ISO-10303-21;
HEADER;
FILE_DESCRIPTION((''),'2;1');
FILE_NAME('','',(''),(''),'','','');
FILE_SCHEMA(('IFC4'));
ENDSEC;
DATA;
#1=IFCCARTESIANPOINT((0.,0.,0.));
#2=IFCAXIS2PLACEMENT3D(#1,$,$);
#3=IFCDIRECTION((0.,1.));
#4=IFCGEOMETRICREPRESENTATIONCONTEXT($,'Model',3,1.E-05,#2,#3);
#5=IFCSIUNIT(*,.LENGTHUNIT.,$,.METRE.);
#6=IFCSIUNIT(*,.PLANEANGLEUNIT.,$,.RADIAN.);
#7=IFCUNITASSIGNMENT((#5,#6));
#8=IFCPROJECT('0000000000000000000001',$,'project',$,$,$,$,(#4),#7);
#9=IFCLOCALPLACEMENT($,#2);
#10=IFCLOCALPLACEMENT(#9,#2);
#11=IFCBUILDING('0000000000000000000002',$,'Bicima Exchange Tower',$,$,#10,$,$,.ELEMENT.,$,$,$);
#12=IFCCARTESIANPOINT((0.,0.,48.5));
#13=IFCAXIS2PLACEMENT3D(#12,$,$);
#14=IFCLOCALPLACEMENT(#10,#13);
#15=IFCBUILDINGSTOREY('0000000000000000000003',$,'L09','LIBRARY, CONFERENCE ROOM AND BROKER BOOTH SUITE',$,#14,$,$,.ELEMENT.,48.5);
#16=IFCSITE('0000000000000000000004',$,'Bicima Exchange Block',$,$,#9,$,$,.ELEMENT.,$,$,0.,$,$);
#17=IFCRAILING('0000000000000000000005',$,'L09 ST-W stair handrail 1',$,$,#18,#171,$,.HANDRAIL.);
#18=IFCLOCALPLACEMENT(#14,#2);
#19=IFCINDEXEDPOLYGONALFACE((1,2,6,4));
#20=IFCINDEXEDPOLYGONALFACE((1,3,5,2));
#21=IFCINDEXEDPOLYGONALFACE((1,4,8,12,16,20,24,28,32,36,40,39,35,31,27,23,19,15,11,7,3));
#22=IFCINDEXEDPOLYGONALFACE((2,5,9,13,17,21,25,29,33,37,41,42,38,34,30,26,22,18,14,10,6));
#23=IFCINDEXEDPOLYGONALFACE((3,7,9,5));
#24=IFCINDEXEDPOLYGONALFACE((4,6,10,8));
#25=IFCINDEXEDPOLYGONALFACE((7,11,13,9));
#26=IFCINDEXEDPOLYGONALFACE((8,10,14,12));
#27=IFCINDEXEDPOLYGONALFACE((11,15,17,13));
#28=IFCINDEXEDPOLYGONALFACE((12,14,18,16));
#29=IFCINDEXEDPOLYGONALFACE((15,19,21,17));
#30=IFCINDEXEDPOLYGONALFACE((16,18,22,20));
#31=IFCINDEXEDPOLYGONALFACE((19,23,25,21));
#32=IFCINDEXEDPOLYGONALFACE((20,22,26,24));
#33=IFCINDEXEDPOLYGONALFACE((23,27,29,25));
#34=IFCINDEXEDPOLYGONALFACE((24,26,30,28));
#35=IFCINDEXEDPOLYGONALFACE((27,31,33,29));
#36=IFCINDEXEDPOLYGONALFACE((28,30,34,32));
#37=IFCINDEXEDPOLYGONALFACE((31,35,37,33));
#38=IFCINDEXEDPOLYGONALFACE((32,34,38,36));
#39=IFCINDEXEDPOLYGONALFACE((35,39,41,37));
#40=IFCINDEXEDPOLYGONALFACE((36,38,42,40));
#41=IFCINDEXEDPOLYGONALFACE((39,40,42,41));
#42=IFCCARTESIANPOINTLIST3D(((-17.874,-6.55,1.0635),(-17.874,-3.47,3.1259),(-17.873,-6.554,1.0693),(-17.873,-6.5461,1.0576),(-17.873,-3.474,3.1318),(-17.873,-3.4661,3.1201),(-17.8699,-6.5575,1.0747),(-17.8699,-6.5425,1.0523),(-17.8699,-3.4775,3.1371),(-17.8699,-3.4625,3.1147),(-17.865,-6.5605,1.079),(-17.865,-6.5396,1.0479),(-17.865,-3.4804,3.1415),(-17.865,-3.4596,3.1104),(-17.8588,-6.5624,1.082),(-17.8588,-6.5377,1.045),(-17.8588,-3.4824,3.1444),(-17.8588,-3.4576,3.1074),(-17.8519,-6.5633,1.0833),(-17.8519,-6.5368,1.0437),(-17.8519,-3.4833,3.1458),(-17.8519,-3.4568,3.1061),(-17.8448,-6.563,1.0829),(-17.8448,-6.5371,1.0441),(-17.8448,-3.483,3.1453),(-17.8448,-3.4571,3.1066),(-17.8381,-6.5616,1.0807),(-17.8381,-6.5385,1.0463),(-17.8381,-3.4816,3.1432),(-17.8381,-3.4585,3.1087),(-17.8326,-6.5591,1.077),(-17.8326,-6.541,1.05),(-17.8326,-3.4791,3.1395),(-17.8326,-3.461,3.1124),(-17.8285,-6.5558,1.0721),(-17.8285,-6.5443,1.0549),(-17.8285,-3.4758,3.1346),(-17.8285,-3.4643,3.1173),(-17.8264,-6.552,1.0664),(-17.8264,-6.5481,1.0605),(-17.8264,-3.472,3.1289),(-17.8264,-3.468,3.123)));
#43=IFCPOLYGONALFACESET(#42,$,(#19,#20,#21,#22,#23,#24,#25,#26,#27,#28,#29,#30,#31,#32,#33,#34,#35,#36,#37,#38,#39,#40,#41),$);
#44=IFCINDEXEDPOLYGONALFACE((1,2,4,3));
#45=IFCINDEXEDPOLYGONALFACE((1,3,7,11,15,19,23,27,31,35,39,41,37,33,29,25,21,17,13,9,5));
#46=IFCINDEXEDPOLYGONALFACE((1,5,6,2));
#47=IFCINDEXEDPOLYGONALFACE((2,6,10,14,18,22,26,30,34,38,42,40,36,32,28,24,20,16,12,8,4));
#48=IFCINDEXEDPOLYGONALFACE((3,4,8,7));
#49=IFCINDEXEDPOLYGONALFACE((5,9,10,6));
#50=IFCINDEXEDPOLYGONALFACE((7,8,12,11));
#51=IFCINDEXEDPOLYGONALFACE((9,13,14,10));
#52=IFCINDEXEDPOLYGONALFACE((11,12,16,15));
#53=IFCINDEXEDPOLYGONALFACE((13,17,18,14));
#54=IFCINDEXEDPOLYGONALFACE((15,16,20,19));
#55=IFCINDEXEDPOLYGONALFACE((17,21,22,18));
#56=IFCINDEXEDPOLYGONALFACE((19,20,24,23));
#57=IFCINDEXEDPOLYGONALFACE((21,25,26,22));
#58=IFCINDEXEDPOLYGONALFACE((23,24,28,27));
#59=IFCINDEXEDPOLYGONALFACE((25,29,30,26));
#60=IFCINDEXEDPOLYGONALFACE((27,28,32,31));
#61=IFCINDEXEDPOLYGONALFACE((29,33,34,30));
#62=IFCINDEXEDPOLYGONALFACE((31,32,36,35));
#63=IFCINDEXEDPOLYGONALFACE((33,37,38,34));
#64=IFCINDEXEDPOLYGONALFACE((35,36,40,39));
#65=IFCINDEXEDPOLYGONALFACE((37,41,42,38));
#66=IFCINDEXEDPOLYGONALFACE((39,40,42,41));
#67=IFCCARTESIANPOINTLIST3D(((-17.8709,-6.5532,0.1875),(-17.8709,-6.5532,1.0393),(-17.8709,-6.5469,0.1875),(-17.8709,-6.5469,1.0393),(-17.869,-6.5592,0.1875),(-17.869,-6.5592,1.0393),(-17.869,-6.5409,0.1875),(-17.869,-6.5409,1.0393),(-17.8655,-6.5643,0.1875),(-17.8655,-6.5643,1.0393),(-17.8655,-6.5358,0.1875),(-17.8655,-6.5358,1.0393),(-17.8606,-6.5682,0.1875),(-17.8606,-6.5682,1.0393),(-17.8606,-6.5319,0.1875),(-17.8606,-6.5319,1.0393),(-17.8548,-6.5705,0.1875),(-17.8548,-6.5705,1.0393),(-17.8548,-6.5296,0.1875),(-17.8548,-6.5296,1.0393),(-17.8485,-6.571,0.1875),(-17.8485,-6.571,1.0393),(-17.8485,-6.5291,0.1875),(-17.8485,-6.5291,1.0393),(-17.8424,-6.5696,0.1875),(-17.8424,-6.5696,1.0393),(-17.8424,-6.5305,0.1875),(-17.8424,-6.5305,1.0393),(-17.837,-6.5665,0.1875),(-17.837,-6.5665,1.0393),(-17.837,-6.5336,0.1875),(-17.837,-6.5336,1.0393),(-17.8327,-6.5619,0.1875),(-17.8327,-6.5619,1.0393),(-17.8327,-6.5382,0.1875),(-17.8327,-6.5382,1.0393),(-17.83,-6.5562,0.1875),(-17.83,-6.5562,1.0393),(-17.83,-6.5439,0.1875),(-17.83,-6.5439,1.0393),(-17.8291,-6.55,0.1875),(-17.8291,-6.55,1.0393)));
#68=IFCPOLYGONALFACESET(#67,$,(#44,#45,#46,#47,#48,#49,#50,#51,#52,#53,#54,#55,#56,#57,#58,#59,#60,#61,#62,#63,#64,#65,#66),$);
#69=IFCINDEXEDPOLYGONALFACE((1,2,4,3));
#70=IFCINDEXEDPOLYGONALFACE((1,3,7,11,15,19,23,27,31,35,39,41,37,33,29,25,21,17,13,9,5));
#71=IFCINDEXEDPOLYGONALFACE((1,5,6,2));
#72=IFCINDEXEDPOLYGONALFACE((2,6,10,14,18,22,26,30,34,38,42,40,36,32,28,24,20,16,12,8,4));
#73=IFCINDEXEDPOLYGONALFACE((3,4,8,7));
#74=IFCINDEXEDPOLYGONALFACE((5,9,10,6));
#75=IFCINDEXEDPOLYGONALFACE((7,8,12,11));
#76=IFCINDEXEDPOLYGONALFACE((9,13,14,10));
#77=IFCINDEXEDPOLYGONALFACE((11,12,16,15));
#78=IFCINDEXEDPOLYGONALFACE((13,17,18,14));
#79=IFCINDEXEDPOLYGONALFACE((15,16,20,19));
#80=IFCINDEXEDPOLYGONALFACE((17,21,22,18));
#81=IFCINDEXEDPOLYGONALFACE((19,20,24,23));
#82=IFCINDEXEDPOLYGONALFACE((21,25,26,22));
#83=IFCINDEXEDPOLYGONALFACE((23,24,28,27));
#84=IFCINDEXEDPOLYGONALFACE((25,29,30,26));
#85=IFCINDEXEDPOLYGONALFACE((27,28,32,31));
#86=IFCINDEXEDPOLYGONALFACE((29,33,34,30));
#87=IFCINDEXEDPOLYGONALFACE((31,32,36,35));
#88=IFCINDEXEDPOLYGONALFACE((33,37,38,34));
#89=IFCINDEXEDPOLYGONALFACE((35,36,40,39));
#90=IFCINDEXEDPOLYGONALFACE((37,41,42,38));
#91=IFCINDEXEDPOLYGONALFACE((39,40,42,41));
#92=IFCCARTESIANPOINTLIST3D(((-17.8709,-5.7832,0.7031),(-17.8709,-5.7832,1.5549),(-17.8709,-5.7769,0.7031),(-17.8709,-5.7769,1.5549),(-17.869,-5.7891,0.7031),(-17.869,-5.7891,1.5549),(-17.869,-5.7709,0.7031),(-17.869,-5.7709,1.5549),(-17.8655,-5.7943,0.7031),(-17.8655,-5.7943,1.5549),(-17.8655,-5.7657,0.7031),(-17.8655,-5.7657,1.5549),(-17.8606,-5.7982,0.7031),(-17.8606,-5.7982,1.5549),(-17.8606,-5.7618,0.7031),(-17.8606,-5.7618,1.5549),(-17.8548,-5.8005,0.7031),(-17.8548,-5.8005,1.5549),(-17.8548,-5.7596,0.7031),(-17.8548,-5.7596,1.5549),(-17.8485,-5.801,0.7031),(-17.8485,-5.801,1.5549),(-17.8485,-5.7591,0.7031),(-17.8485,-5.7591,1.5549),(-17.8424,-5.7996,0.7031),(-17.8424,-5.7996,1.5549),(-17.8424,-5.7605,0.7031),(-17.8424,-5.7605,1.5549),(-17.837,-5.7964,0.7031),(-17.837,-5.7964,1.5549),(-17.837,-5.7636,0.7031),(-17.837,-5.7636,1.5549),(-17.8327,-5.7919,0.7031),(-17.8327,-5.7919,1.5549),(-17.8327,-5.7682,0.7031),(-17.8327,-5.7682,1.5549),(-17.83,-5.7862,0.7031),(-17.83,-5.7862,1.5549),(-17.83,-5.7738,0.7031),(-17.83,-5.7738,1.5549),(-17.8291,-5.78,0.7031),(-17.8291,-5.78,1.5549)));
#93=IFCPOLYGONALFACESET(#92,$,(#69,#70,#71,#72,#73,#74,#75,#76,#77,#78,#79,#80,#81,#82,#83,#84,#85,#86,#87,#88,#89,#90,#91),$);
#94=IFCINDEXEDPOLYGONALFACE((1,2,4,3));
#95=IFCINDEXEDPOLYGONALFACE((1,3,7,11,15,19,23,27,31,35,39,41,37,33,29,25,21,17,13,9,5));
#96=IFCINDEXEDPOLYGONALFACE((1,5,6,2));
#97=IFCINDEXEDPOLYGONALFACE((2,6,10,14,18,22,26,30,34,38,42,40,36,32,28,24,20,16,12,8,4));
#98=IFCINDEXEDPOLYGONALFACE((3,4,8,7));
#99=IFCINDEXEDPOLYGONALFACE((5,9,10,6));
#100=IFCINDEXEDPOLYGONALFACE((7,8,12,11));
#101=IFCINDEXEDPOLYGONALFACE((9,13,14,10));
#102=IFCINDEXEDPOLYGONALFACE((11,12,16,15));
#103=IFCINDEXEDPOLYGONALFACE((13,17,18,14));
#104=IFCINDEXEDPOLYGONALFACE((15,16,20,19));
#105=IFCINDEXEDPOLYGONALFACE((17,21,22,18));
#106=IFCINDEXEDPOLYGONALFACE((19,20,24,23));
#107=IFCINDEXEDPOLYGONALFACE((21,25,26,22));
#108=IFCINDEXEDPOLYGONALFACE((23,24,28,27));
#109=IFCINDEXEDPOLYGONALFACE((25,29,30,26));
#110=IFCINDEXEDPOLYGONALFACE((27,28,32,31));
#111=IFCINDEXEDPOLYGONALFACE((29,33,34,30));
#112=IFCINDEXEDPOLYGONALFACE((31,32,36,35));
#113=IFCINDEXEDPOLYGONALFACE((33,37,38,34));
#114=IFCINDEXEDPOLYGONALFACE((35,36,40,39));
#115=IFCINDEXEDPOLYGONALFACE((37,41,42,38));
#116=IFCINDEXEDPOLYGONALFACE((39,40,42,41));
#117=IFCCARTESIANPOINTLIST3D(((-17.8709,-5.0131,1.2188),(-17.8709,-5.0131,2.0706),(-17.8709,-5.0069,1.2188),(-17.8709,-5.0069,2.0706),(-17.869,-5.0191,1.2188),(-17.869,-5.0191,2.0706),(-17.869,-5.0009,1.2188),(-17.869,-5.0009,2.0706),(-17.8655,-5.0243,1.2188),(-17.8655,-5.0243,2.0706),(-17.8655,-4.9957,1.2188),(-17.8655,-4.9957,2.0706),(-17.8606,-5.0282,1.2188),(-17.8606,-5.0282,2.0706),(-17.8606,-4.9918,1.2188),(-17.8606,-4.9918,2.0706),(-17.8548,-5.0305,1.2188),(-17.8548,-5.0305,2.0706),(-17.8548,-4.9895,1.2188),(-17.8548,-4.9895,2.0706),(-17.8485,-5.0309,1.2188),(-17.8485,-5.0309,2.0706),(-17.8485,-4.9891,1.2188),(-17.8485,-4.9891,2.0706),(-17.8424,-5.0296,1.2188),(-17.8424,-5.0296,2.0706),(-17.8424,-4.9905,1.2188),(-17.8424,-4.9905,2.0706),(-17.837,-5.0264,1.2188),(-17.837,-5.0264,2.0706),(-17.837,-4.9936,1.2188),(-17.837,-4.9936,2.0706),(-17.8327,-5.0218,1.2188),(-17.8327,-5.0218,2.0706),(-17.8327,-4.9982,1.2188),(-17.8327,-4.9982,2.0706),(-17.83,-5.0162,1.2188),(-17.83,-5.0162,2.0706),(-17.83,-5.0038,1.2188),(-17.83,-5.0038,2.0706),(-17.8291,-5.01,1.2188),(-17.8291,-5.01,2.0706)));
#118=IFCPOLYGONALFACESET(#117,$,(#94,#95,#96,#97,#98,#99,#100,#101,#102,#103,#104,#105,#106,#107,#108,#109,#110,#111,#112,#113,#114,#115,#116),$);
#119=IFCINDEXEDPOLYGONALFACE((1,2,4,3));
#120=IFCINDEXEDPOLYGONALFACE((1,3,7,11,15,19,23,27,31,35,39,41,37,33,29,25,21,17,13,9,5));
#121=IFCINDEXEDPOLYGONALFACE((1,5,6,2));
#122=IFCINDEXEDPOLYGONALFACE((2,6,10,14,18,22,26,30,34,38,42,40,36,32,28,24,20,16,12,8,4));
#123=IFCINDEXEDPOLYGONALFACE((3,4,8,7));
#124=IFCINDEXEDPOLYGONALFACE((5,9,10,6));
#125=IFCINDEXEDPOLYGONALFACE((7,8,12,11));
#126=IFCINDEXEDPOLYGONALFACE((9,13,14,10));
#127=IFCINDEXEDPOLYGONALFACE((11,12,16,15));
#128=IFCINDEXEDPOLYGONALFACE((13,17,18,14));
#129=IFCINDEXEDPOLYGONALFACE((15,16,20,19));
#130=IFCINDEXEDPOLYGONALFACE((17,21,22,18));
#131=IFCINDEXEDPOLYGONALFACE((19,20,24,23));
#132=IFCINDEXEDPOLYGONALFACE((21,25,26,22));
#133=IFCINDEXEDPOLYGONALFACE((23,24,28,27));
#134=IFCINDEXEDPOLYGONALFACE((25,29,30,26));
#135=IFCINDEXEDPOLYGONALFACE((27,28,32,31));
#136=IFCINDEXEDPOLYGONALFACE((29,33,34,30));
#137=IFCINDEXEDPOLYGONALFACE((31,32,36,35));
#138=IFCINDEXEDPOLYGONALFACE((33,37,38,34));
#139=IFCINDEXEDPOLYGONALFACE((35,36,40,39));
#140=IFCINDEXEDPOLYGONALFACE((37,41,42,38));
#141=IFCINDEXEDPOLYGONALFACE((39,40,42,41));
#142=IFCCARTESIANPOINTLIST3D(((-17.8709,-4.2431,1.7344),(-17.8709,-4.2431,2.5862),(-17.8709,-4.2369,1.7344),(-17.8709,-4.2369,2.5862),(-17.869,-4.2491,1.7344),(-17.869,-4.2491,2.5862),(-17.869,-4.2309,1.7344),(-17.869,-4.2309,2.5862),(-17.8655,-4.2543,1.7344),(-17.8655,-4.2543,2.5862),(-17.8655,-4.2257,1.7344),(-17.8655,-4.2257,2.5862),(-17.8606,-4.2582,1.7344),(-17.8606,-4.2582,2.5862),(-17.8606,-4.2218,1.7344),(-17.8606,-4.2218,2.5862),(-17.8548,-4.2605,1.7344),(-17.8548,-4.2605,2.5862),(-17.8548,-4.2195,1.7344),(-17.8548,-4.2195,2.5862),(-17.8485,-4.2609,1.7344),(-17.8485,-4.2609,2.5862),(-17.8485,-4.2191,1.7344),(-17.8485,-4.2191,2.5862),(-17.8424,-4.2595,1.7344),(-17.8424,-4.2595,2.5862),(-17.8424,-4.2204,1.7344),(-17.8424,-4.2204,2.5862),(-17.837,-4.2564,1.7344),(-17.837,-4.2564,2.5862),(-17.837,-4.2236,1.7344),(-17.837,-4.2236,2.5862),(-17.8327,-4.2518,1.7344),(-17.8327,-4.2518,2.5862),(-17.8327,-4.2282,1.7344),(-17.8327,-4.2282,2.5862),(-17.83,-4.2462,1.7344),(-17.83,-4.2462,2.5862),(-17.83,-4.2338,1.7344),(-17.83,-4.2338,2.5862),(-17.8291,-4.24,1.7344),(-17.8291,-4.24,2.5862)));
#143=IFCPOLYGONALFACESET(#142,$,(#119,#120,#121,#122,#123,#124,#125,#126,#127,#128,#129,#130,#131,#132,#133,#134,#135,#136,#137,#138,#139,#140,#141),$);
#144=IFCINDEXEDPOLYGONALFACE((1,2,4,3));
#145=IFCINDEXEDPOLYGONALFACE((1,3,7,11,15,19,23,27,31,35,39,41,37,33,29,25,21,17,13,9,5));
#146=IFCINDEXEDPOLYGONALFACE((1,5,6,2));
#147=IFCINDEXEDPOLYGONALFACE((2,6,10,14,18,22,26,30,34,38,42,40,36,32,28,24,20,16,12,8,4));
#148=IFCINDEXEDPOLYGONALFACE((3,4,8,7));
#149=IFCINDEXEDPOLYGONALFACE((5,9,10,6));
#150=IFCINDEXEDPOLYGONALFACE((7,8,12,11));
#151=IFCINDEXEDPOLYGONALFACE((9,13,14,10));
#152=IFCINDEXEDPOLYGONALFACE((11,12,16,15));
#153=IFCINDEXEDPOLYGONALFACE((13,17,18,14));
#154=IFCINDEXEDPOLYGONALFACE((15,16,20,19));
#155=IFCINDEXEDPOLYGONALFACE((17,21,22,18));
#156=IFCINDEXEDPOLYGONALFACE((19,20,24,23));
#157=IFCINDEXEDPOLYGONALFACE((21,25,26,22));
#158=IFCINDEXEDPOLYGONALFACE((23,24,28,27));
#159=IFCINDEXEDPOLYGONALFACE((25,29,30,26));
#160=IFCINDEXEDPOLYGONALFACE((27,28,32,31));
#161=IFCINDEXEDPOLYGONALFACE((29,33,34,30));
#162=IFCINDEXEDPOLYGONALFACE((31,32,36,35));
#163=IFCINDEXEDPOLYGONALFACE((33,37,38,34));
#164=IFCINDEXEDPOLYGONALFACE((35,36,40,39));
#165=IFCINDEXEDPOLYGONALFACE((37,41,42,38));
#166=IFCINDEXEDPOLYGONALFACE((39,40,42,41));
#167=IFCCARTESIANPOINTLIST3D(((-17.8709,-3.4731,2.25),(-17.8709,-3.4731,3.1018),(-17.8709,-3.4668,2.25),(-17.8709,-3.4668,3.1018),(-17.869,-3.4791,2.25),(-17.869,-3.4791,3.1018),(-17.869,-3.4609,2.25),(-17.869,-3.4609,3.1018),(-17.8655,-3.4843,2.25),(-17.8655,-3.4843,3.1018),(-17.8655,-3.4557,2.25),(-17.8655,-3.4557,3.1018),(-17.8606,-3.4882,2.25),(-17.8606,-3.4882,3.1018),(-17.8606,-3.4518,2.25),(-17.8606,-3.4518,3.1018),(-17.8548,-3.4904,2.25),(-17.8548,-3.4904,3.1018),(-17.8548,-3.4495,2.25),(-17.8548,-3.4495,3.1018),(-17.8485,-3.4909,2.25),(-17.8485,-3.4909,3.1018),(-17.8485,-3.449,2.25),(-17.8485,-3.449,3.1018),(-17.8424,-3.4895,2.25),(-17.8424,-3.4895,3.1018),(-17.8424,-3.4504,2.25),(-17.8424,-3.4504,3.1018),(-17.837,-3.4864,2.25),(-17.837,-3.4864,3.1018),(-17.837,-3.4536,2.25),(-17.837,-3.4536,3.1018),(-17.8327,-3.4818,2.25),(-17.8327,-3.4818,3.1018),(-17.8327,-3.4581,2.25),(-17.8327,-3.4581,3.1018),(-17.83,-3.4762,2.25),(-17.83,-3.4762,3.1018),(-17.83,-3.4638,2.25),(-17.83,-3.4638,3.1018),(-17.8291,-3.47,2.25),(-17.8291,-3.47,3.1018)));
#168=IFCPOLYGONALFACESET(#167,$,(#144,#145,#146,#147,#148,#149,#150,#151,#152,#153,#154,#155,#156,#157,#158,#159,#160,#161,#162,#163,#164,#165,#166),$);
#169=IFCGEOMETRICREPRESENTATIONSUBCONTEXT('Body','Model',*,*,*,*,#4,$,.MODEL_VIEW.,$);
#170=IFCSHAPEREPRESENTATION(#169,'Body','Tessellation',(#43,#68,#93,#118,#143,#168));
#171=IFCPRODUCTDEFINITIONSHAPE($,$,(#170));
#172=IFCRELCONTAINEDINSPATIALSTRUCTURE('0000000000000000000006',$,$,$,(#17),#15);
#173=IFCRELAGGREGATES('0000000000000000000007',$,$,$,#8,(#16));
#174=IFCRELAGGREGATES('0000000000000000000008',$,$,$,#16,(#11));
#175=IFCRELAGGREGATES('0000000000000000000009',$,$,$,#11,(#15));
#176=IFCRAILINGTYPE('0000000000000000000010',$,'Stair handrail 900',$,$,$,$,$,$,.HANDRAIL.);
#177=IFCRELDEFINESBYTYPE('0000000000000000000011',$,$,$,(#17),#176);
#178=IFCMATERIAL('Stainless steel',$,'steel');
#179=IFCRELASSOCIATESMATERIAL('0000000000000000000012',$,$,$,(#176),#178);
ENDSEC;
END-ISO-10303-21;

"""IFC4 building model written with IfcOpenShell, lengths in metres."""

from ifc_helpers import new_model, si_unit, direction, frame, origin, origin_2d, place, context, subcontext, project, spatial, circle, extrude, material, type_object, element, save


model = new_model("IFC4")

# Units and contexts
model_context = context("Model", 3, precision=1e-05, world=origin(), true_north=direction((0.0, 1.0)))
body_context = subcontext(model_context, "Body", "Model", "MODEL_VIEW")
ifc_project = project(units=[si_unit("LENGTHUNIT", "METRE"), si_unit("PLANEANGLEUNIT", "RADIAN")], contexts=[model_context])

# Site, building, storey
site_placement = place(None, origin())
site = spatial("IfcSite", under=ifc_project, at=site_placement, Name="Bicima Exchange Block", CompositionType="ELEMENT", RefElevation=0.0)
building_placement = place(site_placement, origin())
building = spatial("IfcBuilding", under=site, at=building_placement, Name="Bicima Exchange Tower", CompositionType="ELEMENT")
storey_placement = place(building_placement, frame((0.0, 0.0, 48.5)))
storey = spatial("IfcBuildingStorey", under=building, at=storey_placement, Name="L09", Description="LIBRARY, CONFERENCE ROOM AND BROKER BOOTH SUITE", CompositionType="ELEMENT", Elevation=48.5)

# Shared definitions
ifc_material_1 = material(Name="Stainless steel", Category="steel")

# Railing
railing_type_1 = type_object("IfcRailingType", Name="Stair handrail 900", PredefinedType="HANDRAIL", material=ifc_material_1)
railing_1_placement = place(storey_placement, frame((-17.8501, -6.55, 0.1875)))
element("IfcRailing", 1, at=railing_1_placement, inside=storey, type_object=railing_type_1, Name="L09 ST-W stair handrail 1", PredefinedType="HANDRAIL", context=body_context, shape_type="SweptSolid", body=[
    extrude(circle(Radius=0.0239, at=origin_2d()), frame((0.0, 0.0, 0.876), z_axis=(0.0, 0.830914, 0.556401), x_axis=(-1.0, 0.0, 0.0)), (0.0, 0.0, 1.0), 3.7068),
    extrude(circle(Radius=0.021, at=origin_2d()), origin(), (0.0, 0.0, 1.0), 0.8518),
    extrude(circle(Radius=0.021, at=origin_2d()), frame((0.0, 0.77, 0.5156)), (0.0, 0.0, 1.0), 0.8518),
    extrude(circle(Radius=0.021, at=origin_2d()), frame((0.0, 1.54, 1.0312)), (0.0, 0.0, 1.0), 0.8518),
    extrude(circle(Radius=0.021, at=origin_2d()), frame((0.0, 2.3101, 1.5469)), (0.0, 0.0, 1.0), 0.8518),
    extrude(circle(Radius=0.021, at=origin_2d()), frame((0.0, 3.0801, 2.0625)), (0.0, 0.0, 1.0), 0.8518),
])

save(model, "model.ifc")
